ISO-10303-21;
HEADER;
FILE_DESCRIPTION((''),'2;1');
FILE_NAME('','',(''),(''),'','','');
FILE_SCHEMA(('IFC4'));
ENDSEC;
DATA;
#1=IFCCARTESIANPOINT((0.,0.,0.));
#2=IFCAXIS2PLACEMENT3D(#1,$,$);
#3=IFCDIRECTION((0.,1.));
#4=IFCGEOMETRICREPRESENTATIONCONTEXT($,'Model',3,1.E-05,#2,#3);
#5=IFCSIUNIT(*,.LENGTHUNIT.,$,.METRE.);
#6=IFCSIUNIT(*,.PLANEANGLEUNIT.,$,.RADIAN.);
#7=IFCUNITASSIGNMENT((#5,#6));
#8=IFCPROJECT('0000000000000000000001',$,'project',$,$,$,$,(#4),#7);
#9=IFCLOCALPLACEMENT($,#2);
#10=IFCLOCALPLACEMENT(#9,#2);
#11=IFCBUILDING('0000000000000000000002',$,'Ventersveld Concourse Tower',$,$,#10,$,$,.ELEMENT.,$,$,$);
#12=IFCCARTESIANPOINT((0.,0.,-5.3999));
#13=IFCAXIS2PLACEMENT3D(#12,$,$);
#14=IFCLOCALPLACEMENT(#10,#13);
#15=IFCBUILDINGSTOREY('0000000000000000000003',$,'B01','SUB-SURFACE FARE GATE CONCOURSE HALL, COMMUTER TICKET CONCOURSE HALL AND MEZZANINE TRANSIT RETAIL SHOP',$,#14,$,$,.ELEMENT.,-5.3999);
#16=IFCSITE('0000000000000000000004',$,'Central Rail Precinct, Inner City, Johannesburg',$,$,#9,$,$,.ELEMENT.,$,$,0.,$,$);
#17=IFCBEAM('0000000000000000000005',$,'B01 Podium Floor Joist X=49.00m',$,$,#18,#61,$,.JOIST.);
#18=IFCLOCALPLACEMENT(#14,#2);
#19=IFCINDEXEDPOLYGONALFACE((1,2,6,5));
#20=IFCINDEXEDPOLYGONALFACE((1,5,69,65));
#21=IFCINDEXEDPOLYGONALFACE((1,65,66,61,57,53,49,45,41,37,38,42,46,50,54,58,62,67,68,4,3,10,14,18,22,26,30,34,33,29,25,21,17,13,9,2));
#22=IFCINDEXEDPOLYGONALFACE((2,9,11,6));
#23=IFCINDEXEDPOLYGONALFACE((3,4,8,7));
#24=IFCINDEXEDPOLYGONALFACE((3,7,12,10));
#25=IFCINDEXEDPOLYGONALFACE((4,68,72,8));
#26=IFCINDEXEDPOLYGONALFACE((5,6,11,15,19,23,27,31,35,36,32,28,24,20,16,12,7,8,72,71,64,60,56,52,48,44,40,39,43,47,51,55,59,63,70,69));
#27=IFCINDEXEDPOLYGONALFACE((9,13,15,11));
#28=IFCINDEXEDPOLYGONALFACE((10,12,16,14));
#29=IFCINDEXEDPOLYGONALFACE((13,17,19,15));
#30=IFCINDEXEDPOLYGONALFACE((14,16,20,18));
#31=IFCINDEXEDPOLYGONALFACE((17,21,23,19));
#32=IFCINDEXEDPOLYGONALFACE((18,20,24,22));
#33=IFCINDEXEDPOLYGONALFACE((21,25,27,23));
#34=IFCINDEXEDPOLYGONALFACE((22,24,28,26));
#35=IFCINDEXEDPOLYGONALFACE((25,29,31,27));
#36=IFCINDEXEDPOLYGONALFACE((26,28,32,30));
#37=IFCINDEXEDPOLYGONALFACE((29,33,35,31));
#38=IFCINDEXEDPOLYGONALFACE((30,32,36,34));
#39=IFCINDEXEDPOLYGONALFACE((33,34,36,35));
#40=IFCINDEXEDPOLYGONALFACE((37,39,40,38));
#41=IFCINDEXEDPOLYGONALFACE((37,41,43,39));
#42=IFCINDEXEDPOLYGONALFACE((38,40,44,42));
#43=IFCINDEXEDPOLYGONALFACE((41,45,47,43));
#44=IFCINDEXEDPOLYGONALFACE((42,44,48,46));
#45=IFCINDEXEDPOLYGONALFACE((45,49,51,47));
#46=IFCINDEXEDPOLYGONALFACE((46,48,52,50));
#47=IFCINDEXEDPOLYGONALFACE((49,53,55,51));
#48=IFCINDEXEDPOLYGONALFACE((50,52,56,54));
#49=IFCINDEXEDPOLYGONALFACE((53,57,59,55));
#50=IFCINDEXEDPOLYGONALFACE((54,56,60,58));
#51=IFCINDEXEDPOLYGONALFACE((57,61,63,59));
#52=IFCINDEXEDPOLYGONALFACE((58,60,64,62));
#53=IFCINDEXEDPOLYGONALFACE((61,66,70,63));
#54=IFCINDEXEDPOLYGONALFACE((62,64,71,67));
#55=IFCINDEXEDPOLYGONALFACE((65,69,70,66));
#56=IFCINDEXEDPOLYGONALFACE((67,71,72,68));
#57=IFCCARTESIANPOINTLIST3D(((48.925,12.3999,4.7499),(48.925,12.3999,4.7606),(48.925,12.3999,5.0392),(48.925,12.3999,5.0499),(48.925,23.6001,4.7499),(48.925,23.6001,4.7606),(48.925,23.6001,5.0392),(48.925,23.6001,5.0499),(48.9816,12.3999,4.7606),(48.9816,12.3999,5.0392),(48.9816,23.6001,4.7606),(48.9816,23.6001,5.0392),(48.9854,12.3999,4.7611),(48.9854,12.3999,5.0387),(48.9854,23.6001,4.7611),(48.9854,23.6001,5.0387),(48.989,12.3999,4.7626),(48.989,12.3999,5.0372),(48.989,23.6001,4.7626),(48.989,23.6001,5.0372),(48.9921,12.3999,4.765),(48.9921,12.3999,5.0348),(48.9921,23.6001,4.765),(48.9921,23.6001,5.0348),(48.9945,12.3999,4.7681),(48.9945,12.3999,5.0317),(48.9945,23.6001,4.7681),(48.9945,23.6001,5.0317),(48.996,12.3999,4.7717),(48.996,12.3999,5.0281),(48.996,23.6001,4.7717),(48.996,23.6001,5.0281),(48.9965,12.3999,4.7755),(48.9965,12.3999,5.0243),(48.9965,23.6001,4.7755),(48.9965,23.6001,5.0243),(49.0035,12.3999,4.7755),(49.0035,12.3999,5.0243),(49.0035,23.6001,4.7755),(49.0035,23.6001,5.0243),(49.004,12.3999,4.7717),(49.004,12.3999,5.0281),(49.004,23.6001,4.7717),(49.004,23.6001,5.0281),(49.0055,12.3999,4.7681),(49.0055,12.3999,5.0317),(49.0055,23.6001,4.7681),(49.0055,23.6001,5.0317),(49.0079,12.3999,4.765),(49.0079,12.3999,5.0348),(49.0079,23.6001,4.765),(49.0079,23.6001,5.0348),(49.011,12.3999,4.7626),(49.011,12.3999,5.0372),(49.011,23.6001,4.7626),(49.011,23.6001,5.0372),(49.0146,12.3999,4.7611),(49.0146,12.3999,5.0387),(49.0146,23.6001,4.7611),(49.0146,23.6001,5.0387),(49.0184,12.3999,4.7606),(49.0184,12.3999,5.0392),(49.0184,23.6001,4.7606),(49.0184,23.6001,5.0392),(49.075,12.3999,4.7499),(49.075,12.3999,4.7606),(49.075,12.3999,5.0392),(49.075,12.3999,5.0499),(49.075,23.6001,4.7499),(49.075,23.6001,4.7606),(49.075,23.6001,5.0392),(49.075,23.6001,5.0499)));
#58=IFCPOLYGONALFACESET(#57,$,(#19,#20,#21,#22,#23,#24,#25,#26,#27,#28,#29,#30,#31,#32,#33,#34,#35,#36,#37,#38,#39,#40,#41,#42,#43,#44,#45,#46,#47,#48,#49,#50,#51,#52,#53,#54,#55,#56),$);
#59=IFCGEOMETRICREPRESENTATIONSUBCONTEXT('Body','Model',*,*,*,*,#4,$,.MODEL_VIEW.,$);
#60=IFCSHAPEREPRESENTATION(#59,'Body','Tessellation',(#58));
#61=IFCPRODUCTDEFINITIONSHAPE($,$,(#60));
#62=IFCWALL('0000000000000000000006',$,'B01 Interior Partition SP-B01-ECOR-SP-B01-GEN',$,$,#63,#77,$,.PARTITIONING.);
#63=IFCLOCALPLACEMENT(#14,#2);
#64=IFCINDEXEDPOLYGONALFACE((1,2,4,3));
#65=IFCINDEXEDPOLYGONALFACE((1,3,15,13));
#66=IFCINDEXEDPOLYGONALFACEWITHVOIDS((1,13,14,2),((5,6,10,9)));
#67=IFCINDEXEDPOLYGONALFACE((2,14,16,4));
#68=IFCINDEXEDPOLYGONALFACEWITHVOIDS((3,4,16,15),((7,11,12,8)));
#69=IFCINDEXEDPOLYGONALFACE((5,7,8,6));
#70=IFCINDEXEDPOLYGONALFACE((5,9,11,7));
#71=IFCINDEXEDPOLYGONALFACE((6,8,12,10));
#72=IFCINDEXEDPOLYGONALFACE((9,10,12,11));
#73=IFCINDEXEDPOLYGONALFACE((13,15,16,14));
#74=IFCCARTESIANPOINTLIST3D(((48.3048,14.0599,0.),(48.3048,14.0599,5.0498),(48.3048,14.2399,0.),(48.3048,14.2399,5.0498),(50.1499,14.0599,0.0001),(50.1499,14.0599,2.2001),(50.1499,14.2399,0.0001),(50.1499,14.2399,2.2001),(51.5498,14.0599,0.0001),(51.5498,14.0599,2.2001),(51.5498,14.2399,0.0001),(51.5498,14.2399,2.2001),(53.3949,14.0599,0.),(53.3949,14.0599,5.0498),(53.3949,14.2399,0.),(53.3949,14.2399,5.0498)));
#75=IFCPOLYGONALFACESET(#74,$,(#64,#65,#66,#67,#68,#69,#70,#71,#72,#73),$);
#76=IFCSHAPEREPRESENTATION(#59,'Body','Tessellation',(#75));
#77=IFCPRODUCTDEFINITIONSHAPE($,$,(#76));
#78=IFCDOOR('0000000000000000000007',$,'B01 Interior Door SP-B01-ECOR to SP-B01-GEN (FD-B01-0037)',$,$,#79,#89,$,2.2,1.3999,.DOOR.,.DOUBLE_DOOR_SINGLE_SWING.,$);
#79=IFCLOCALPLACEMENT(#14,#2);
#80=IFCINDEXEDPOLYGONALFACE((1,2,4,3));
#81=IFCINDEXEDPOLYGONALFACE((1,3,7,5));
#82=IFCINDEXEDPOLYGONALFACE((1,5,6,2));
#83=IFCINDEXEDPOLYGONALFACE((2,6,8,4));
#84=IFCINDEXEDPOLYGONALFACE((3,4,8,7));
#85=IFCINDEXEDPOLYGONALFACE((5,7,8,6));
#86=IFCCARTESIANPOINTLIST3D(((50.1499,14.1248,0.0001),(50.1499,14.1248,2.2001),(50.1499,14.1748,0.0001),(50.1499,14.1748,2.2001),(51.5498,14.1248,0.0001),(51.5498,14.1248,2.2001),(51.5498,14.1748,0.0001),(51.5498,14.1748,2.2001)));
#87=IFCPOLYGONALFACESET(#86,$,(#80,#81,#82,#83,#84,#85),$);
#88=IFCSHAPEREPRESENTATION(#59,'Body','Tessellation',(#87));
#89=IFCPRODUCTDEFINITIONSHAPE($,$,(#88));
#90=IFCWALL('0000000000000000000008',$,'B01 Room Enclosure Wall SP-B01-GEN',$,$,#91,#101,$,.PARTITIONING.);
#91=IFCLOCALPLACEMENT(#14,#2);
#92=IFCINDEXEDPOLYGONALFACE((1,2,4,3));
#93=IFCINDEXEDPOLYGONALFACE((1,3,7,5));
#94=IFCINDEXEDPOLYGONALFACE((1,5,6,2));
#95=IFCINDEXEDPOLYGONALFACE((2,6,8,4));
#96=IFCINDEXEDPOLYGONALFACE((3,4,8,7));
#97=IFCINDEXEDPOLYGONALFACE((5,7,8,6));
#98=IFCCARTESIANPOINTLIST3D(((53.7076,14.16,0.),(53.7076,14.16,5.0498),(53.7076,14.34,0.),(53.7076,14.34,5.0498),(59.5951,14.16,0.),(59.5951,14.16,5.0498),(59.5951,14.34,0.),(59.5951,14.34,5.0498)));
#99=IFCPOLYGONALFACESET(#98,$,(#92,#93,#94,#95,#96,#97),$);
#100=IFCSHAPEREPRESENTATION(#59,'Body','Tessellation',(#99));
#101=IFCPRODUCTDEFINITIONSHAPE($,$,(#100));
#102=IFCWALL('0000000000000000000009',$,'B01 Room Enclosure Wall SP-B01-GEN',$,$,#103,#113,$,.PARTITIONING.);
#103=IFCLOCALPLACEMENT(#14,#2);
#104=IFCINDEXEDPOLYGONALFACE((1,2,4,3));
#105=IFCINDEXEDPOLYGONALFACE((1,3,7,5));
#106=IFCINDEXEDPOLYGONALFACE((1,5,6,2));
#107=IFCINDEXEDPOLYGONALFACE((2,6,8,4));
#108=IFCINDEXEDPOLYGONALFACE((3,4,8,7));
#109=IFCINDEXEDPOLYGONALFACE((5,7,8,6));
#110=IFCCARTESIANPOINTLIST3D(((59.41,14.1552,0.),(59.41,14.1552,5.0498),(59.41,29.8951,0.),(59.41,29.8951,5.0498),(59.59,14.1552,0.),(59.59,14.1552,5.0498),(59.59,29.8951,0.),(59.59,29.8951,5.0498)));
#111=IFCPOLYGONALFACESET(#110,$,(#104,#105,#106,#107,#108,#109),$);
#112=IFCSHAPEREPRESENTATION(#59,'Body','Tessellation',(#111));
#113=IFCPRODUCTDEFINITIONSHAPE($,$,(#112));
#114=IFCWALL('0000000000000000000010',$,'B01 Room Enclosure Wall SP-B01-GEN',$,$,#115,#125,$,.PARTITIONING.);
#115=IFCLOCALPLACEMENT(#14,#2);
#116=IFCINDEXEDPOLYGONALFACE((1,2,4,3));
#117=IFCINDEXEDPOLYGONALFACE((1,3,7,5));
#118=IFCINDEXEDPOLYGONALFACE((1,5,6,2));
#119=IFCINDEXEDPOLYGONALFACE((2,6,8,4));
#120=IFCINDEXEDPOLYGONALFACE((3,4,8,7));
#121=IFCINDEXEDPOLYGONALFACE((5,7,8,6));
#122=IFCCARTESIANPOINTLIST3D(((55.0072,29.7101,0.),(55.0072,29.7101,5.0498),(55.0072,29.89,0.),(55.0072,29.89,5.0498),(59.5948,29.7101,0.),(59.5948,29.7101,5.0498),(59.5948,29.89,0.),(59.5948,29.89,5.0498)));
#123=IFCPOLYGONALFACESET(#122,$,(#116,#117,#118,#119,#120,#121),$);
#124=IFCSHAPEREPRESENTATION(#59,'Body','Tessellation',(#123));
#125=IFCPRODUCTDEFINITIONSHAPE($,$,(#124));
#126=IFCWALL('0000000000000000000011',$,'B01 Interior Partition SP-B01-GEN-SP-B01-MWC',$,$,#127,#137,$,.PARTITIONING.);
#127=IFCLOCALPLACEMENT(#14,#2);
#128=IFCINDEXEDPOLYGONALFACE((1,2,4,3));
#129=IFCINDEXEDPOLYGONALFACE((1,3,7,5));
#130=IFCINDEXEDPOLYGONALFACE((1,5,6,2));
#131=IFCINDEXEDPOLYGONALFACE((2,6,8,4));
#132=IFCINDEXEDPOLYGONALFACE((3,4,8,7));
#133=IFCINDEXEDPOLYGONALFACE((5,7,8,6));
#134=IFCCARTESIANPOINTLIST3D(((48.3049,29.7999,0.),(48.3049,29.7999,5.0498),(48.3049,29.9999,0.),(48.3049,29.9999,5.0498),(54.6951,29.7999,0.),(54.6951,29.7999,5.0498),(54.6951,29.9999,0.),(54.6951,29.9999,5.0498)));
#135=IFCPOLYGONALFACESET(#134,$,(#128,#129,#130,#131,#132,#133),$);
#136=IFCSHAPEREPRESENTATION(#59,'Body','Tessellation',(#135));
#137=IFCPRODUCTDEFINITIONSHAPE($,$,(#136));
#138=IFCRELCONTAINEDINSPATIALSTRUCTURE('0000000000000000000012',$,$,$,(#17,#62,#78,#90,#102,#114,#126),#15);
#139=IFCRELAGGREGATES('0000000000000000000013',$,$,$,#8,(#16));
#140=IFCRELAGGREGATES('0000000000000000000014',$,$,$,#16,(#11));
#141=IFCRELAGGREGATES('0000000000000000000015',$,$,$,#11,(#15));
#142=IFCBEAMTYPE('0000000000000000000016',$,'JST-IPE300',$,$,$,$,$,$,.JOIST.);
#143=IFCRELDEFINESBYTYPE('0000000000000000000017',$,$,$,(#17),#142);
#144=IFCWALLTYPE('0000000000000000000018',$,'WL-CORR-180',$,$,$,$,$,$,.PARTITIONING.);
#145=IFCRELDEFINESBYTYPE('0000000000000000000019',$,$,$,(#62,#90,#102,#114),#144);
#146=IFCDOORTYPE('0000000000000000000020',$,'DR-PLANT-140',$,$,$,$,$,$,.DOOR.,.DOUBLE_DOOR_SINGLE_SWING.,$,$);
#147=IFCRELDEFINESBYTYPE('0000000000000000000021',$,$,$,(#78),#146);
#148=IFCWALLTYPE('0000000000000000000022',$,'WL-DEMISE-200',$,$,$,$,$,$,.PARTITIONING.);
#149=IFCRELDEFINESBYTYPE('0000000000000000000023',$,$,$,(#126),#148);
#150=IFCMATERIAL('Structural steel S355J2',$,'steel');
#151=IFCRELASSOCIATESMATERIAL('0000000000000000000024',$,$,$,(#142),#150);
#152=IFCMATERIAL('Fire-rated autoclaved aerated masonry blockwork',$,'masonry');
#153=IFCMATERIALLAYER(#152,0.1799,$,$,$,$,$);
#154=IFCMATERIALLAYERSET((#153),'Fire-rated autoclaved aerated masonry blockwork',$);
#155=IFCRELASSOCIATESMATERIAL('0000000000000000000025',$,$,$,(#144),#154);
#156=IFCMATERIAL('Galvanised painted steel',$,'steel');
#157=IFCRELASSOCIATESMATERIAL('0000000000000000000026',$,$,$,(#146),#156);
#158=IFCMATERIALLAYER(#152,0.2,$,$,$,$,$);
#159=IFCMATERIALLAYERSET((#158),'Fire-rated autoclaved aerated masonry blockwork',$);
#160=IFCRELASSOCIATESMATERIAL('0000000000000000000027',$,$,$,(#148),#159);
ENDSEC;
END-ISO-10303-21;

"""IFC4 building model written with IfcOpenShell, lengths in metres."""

from ifc_helpers import new_model, si_unit, direction, frame, frame_2d, origin, origin_2d, place, context, subcontext, project, spatial, rectangle, i_section, extrude, material, layer, layer_set, material_profile, profile_set, type_object, element, fill, save


model = new_model("IFC4")

# Units and contexts
model_context = context("Model", 3, precision=1e-05, world=origin(), true_north=direction((0.0, 1.0)))
body_context = subcontext(model_context, "Body", "Model", "MODEL_VIEW")
ifc_project = project(units=[si_unit("LENGTHUNIT", "METRE"), si_unit("PLANEANGLEUNIT", "RADIAN")], contexts=[model_context])

# Site, building, storey
site_placement = place(None, origin())
site = spatial("IfcSite", under=ifc_project, at=site_placement, Name="Central Rail Precinct, Inner City, Johannesburg", CompositionType="ELEMENT", RefElevation=0.0)
building_placement = place(site_placement, origin())
building = spatial("IfcBuilding", under=site, at=building_placement, Name="Ventersveld Concourse Tower", CompositionType="ELEMENT")
storey_placement = place(building_placement, frame((0.0, 0.0, -5.3999)))
storey = spatial("IfcBuildingStorey", under=building, at=storey_placement, Name="B01", Description="SUB-SURFACE FARE GATE CONCOURSE HALL, COMMUTER TICKET CONCOURSE HALL AND MEZZANINE TRANSIT RETAIL SHOP", CompositionType="ELEMENT", Elevation=-5.3999)

# Beam
ifc_material_1 = material(Name="Structural steel S355J2", Category="steel")
ifc_material_profile_1 = material_profile(ifc_material_1, i_section(OverallWidth=0.1499, OverallDepth=0.3, WebThickness=0.0071, FlangeThickness=0.0107, FilletRadius=0.0149, at=origin_2d()), Name="IPE 300")
ifc_profile_set_1 = profile_set([ifc_material_profile_1], Name="Structural steel S355J2")
beam_type_1 = type_object("IfcBeamType", Name="JST-IPE300", PredefinedType="JOIST", material=ifc_profile_set_1)
beam_1_placement = place(storey_placement, frame((49.0, 12.3999, 4.8999), z_axis=(0.0, 1.0, 0.0), x_axis=(-1.0, 0.0, 0.0)))
element("IfcBeam", 1, at=beam_1_placement, inside=storey, type_object=beam_type_1, Name="B01 Podium Floor Joist X=49.00m", PredefinedType="JOIST", context=body_context, shape_type="SweptSolid", body=[
    extrude(i_section(OverallWidth=0.1499, OverallDepth=0.3, WebThickness=0.0071, FlangeThickness=0.0107, FilletRadius=0.0149, at=origin_2d()), origin(), (0.0, 0.0, 1.0), 11.2002),
])

# Wall, opening, door
ifc_material_2 = material(Name="Fire-rated autoclaved aerated masonry blockwork", Category="masonry")
ifc_layer_1 = layer(ifc_material_2, 0.1799)
ifc_layer_set_1 = layer_set([ifc_layer_1], Name="Fire-rated autoclaved aerated masonry blockwork")
wall_type_1 = type_object("IfcWallType", Name="WL-CORR-180", PredefinedType="PARTITIONING", material=ifc_layer_set_1)
wall_1_placement = place(storey_placement, frame((48.3049, 14.1499, 0.0), z_axis=(0.0, 0.0, 1.0), x_axis=(1.0, 0.0, 0.0)))
wall_1 = element("IfcWall", 2, at=wall_1_placement, inside=storey, type_object=wall_type_1, Name="B01 Interior Partition SP-B01-ECOR-SP-B01-GEN", PredefinedType="PARTITIONING", context=body_context, shape_type="SweptSolid", body=[
    extrude(rectangle(XDim=5.0901, YDim=0.1799, at=frame_2d((2.5449, 0.0))), origin(), (0.0, 0.0, 1.0), 5.0498),
])
opening_placement = place(wall_1_placement, frame((1.845, 0.0, 0.0)))
opening = element("IfcOpeningElement", 3, at=opening_placement, cuts=wall_1, PredefinedType="OPENING", context=body_context, shape_type="SweptSolid", body=[
    extrude(rectangle(XDim=1.3999, YDim=2.2, at=frame_2d((0.7, 1.1001))), frame((0.0, 0.1001, 0.0), z_axis=(0.0, -1.0, 0.0), x_axis=(1.0, 0.0, 0.0)), (0.0, 0.0, 1.0), 0.2),
])
ifc_material_3 = material(Name="Galvanised painted steel", Category="steel")
door_type = type_object("IfcDoorType", Name="DR-PLANT-140", OperationType="DOUBLE_DOOR_SINGLE_SWING", PredefinedType="DOOR", material=ifc_material_3)
door_placement = place(opening_placement, origin())
door = element("IfcDoor", 4, at=door_placement, inside=storey, type_object=door_type, Name="B01 Interior Door SP-B01-ECOR to SP-B01-GEN (FD-B01-0037)", OperationType="DOUBLE_DOOR_SINGLE_SWING", OverallHeight=2.2, OverallWidth=1.3999, PredefinedType="DOOR", context=body_context, shape_type="SweptSolid", body=[
    extrude(rectangle(XDim=1.3999, YDim=2.2, at=frame_2d((0.7, 1.1001))), frame((0.0, 0.0249, 0.0), z_axis=(0.0, -1.0, 0.0), x_axis=(1.0, 0.0, 0.0)), (0.0, 0.0, 1.0), 0.05),
])
fill(opening, door)

# Walls
wall_2_placement = place(storey_placement, frame((53.7075, 14.25, 0.0), z_axis=(0.0, 0.0, 1.0), x_axis=(1.0, 0.0, 0.0)))
element("IfcWall", 5, at=wall_2_placement, inside=storey, type_object=wall_type_1, Name="B01 Room Enclosure Wall SP-B01-GEN", PredefinedType="PARTITIONING", context=body_context, shape_type="SweptSolid", body=[
    extrude(rectangle(XDim=5.8875, YDim=0.1799, at=frame_2d((2.9438, 0.0))), origin(), (0.0, 0.0, 1.0), 5.0498),
])
wall_3_placement = place(storey_placement, frame((59.5, 14.155, 0.0), z_axis=(0.0, 0.0, 1.0), x_axis=(0.0, 1.0, 0.0)))
element("IfcWall", 6, at=wall_3_placement, inside=storey, type_object=wall_type_1, Name="B01 Room Enclosure Wall SP-B01-GEN", PredefinedType="PARTITIONING", context=body_context, shape_type="SweptSolid", body=[
    extrude(rectangle(XDim=15.74, YDim=0.1799, at=frame_2d((7.8701, 0.0))), origin(), (0.0, 0.0, 1.0), 5.0498),
])
wall_4_placement = place(storey_placement, frame((59.595, 29.8, 0.0), z_axis=(0.0, 0.0, 1.0), x_axis=(-1.0, 0.0, 0.0)))
element("IfcWall", 7, at=wall_4_placement, inside=storey, type_object=wall_type_1, Name="B01 Room Enclosure Wall SP-B01-GEN", PredefinedType="PARTITIONING", context=body_context, shape_type="SweptSolid", body=[
    extrude(rectangle(XDim=4.5876, YDim=0.1799, at=frame_2d((2.2939, 0.0))), origin(), (0.0, 0.0, 1.0), 5.0498),
])
ifc_layer_2 = layer(ifc_material_2, 0.2)
ifc_layer_set_2 = layer_set([ifc_layer_2], Name="Fire-rated autoclaved aerated masonry blockwork")
wall_type_2 = type_object("IfcWallType", Name="WL-DEMISE-200", PredefinedType="PARTITIONING", material=ifc_layer_set_2)
wall_5_placement = place(storey_placement, frame((48.3049, 29.8999, 0.0), z_axis=(0.0, 0.0, 1.0), x_axis=(1.0, 0.0, 0.0)))
element("IfcWall", 8, at=wall_5_placement, inside=storey, type_object=wall_type_2, Name="B01 Interior Partition SP-B01-GEN-SP-B01-MWC", PredefinedType="PARTITIONING", context=body_context, shape_type="SweptSolid", body=[
    extrude(rectangle(XDim=6.3901, YDim=0.2, at=frame_2d((3.1951, 0.0))), origin(), (0.0, 0.0, 1.0), 5.0498),
])

save(model, "model.ifc")
